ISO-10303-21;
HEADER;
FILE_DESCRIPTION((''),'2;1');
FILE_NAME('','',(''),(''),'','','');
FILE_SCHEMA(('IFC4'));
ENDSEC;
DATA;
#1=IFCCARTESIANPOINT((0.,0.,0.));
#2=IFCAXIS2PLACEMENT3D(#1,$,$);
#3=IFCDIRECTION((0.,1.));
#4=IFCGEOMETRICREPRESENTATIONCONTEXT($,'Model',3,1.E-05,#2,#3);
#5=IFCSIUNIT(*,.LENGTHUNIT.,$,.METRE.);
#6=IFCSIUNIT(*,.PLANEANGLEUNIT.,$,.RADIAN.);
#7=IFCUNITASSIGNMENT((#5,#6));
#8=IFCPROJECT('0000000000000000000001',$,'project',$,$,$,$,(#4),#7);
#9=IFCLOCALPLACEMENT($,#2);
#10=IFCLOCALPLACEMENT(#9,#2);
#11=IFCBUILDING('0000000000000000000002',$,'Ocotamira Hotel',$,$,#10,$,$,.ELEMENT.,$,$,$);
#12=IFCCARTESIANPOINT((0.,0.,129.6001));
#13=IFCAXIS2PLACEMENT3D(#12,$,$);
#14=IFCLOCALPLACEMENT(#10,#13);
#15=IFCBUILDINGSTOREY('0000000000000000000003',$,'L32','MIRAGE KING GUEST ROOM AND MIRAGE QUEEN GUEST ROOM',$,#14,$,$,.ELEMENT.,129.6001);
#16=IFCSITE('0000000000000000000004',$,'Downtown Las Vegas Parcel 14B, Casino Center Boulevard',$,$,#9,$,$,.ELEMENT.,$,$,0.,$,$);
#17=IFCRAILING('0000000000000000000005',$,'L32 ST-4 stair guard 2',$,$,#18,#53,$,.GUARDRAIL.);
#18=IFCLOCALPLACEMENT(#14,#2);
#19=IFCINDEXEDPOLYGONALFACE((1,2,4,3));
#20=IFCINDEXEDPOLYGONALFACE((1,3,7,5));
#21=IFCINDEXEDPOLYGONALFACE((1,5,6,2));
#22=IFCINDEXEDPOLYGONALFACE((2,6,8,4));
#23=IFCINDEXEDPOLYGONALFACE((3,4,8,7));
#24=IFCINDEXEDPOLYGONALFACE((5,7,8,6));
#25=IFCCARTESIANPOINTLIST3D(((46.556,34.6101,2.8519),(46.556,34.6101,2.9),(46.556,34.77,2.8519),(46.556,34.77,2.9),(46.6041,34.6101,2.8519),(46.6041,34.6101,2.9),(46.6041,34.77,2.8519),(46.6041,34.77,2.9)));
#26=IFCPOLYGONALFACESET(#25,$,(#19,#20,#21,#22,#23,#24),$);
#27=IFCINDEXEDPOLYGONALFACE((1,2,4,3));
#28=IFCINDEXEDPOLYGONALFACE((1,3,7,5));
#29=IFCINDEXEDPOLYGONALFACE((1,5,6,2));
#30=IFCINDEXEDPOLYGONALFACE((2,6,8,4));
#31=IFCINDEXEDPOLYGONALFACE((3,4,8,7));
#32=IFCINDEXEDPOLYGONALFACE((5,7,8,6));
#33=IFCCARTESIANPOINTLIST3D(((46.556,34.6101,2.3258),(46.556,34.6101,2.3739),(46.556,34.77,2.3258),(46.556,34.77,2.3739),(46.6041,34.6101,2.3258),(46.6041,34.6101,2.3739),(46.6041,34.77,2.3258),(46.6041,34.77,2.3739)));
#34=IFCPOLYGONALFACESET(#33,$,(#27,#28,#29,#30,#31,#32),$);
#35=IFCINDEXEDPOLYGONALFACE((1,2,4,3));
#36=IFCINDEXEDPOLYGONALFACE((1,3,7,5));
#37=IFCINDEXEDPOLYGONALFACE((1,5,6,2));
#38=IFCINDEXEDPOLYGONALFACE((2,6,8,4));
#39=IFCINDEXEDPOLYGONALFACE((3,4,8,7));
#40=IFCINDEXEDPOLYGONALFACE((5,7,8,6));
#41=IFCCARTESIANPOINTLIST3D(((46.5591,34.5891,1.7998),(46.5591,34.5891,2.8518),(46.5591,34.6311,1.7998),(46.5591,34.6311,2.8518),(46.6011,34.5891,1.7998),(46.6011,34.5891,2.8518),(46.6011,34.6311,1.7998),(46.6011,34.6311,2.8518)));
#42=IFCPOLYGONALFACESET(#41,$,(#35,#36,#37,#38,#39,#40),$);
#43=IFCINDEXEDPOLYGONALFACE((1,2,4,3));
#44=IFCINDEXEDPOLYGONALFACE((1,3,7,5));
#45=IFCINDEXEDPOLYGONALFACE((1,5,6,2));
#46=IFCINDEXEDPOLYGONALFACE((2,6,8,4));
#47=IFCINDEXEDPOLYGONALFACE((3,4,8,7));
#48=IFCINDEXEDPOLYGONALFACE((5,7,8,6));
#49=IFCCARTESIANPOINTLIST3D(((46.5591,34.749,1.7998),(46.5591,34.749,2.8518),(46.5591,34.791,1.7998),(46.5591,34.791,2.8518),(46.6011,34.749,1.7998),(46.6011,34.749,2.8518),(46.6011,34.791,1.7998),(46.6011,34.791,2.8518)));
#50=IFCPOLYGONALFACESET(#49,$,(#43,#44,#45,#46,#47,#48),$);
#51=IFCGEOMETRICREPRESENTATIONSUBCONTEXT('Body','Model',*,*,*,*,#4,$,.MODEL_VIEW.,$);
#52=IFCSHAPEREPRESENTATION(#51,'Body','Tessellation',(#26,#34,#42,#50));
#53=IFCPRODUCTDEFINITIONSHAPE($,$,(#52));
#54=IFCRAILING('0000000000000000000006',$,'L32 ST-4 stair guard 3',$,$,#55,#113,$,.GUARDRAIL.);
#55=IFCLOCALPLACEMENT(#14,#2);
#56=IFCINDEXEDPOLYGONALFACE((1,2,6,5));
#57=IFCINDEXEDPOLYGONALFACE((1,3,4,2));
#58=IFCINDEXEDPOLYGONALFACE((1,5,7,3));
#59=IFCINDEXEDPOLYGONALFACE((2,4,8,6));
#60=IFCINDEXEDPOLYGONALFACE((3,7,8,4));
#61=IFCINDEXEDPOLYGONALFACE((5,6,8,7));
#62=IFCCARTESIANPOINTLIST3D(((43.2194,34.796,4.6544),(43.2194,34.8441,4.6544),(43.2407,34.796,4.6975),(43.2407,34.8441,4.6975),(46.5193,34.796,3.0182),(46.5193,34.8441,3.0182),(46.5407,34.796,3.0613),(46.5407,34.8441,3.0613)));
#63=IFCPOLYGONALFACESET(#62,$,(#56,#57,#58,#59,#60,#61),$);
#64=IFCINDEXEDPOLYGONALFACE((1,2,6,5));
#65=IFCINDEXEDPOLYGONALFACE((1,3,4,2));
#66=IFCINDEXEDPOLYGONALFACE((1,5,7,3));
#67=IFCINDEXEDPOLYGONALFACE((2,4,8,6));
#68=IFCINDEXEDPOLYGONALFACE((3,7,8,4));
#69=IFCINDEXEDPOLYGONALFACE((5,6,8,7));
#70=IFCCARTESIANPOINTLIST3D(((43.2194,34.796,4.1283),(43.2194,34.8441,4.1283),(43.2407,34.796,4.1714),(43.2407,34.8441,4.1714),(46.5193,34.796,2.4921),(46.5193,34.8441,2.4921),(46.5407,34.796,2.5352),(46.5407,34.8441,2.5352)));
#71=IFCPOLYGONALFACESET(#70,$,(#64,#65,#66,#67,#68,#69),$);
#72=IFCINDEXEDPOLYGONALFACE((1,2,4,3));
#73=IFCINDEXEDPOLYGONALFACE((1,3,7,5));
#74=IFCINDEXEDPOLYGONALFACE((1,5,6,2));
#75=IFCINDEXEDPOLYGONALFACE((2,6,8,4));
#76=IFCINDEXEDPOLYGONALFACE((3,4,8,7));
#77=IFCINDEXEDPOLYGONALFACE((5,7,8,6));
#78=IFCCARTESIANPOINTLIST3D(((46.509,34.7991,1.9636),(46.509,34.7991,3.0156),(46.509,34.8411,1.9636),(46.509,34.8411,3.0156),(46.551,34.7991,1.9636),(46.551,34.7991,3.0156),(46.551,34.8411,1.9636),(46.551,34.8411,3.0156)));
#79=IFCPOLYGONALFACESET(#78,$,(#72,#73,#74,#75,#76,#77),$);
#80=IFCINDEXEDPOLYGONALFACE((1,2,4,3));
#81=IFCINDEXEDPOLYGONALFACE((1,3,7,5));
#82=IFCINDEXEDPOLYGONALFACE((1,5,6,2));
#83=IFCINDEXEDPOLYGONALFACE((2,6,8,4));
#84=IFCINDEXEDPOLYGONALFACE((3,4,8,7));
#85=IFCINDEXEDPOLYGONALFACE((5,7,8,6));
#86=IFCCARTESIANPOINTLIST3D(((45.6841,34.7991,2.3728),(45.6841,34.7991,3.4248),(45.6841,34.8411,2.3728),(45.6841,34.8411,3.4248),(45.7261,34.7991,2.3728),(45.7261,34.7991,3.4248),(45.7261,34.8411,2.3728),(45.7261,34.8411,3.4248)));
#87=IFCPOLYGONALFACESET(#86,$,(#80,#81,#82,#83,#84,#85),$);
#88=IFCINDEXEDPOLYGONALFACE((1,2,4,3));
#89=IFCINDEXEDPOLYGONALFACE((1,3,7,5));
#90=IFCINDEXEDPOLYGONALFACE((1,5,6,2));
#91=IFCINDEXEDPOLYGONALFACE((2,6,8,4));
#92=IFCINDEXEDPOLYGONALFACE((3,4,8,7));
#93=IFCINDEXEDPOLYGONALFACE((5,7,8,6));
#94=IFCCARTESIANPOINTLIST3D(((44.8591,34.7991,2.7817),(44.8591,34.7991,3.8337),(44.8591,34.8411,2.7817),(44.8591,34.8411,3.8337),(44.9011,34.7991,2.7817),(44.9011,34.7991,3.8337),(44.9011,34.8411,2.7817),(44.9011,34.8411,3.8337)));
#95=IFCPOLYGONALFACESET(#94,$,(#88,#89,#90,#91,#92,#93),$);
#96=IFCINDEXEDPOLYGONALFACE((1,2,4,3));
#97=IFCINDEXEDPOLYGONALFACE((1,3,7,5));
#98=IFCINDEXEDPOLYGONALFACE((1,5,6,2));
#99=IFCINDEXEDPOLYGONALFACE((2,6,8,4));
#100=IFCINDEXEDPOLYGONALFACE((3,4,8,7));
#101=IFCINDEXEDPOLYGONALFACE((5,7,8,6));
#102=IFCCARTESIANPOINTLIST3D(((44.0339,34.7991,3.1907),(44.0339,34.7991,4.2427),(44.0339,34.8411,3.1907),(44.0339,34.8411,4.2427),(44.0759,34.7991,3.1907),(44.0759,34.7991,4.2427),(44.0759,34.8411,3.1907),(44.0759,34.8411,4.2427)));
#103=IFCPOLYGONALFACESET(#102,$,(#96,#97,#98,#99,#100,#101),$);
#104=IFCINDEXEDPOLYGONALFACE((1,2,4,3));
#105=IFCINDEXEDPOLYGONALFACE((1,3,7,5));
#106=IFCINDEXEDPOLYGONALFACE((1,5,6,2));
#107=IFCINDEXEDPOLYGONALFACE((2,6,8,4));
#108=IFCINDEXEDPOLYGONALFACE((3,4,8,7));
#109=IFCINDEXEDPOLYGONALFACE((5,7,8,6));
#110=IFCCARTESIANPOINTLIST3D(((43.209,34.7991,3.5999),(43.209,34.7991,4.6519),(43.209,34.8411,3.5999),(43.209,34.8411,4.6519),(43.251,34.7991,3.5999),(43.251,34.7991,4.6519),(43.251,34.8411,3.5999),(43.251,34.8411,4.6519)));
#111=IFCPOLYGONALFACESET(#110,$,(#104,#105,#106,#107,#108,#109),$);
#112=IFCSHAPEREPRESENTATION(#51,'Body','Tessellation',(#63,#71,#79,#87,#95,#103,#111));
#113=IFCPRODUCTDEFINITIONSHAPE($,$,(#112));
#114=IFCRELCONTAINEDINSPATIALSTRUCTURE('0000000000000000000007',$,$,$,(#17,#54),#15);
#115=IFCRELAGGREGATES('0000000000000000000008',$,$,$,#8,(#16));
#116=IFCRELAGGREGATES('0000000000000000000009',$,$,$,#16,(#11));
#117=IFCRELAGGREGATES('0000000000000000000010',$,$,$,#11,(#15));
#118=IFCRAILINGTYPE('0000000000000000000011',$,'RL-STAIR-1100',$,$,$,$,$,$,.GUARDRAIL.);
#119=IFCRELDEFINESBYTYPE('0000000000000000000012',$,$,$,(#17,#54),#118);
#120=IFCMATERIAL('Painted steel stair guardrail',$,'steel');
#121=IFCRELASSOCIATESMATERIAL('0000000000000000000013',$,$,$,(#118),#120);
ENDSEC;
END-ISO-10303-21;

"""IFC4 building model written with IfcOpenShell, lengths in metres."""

from ifc_helpers import new_model, si_unit, direction, frame, origin, origin_2d, place, context, subcontext, project, spatial, rectangle, extrude, material, type_object, element, save


model = new_model("IFC4")

# Units and contexts
model_context = context("Model", 3, precision=1e-05, world=origin(), true_north=direction((0.0, 1.0)))
body_context = subcontext(model_context, "Body", "Model", "MODEL_VIEW")
ifc_project = project(units=[si_unit("LENGTHUNIT", "METRE"), si_unit("PLANEANGLEUNIT", "RADIAN")], contexts=[model_context])

# Site, building, storey
site_placement = place(None, origin())
site = spatial("IfcSite", under=ifc_project, at=site_placement, Name="Downtown Las Vegas Parcel 14B, Casino Center Boulevard", CompositionType="ELEMENT", RefElevation=0.0)
building_placement = place(site_placement, origin())
building = spatial("IfcBuilding", under=site, at=building_placement, Name="Ocotamira Hotel", CompositionType="ELEMENT")
storey_placement = place(building_placement, frame((0.0, 0.0, 129.6001)))
storey = spatial("IfcBuildingStorey", under=building, at=storey_placement, Name="L32", Description="MIRAGE KING GUEST ROOM AND MIRAGE QUEEN GUEST ROOM", CompositionType="ELEMENT", Elevation=129.6001)

# Railings
ifc_material_1 = material(Name="Painted steel stair guardrail", Category="steel")
railing_type_1 = type_object("IfcRailingType", Name="RL-STAIR-1100", PredefinedType="GUARDRAIL", material=ifc_material_1)
railing_1_placement = place(storey_placement, frame((46.5801, 34.6101, 1.7998)))
element("IfcRailing", 1, at=railing_1_placement, inside=storey, type_object=railing_type_1, Name="L32 ST-4 stair guard 2", PredefinedType="GUARDRAIL", context=body_context, shape_type="SweptSolid", body=[
    extrude(rectangle(XDim=0.0481, YDim=0.0481, at=origin_2d()), frame((0.0, 0.0, 1.0762), z_axis=(0.0, 1.0, 0.0), x_axis=(-1.0, 0.0, 0.0)), (0.0, 0.0, 1.0), 0.1599),
    extrude(rectangle(XDim=0.0481, YDim=0.0481, at=origin_2d()), frame((0.0, 0.0, 0.55), z_axis=(0.0, 1.0, 0.0), x_axis=(-1.0, 0.0, 0.0)), (0.0, 0.0, 1.0), 0.1599),
    extrude(rectangle(XDim=0.042, YDim=0.042, at=origin_2d()), origin(), (0.0, 0.0, 1.0), 1.052),
    extrude(rectangle(XDim=0.042, YDim=0.042, at=origin_2d()), frame((0.0, 0.1599, 0.0)), (0.0, 0.0, 1.0), 1.052),
])
railing_2_placement = place(storey_placement, frame((46.53, 34.8201, 1.9636)))
element("IfcRailing", 2, at=railing_2_placement, inside=storey, type_object=railing_type_1, Name="L32 ST-4 stair guard 3", PredefinedType="GUARDRAIL", context=body_context, shape_type="SweptSolid", body=[
    extrude(rectangle(XDim=0.0481, YDim=0.0481, at=origin_2d()), frame((0.0, 0.0, 1.0762), z_axis=(-0.89592, 0.0, 0.444215), x_axis=(0.0, -1.0, 0.0)), (0.0, 0.0, 1.0), 3.6833),
    extrude(rectangle(XDim=0.0481, YDim=0.0481, at=origin_2d()), frame((0.0, 0.0, 0.55), z_axis=(-0.89592, 0.0, 0.444215), x_axis=(0.0, -1.0, 0.0)), (0.0, 0.0, 1.0), 3.6833),
    extrude(rectangle(XDim=0.042, YDim=0.042, at=origin_2d()), origin(), (0.0, 0.0, 1.0), 1.052),
    extrude(rectangle(XDim=0.042, YDim=0.042, at=origin_2d()), frame((-0.825, 0.0, 0.4092)), (0.0, 0.0, 1.0), 1.052),
    extrude(rectangle(XDim=0.042, YDim=0.042, at=origin_2d()), frame((-1.6499, 0.0, 0.8181)), (0.0, 0.0, 1.0), 1.052),
    extrude(rectangle(XDim=0.042, YDim=0.042, at=origin_2d()), frame((-2.4751, 0.0, 1.2271)), (0.0, 0.0, 1.0), 1.052),
    extrude(rectangle(XDim=0.042, YDim=0.042, at=origin_2d()), frame((-3.3, 0.0, 1.6362)), (0.0, 0.0, 1.0), 1.052),
])

save(model, "model.ifc")
